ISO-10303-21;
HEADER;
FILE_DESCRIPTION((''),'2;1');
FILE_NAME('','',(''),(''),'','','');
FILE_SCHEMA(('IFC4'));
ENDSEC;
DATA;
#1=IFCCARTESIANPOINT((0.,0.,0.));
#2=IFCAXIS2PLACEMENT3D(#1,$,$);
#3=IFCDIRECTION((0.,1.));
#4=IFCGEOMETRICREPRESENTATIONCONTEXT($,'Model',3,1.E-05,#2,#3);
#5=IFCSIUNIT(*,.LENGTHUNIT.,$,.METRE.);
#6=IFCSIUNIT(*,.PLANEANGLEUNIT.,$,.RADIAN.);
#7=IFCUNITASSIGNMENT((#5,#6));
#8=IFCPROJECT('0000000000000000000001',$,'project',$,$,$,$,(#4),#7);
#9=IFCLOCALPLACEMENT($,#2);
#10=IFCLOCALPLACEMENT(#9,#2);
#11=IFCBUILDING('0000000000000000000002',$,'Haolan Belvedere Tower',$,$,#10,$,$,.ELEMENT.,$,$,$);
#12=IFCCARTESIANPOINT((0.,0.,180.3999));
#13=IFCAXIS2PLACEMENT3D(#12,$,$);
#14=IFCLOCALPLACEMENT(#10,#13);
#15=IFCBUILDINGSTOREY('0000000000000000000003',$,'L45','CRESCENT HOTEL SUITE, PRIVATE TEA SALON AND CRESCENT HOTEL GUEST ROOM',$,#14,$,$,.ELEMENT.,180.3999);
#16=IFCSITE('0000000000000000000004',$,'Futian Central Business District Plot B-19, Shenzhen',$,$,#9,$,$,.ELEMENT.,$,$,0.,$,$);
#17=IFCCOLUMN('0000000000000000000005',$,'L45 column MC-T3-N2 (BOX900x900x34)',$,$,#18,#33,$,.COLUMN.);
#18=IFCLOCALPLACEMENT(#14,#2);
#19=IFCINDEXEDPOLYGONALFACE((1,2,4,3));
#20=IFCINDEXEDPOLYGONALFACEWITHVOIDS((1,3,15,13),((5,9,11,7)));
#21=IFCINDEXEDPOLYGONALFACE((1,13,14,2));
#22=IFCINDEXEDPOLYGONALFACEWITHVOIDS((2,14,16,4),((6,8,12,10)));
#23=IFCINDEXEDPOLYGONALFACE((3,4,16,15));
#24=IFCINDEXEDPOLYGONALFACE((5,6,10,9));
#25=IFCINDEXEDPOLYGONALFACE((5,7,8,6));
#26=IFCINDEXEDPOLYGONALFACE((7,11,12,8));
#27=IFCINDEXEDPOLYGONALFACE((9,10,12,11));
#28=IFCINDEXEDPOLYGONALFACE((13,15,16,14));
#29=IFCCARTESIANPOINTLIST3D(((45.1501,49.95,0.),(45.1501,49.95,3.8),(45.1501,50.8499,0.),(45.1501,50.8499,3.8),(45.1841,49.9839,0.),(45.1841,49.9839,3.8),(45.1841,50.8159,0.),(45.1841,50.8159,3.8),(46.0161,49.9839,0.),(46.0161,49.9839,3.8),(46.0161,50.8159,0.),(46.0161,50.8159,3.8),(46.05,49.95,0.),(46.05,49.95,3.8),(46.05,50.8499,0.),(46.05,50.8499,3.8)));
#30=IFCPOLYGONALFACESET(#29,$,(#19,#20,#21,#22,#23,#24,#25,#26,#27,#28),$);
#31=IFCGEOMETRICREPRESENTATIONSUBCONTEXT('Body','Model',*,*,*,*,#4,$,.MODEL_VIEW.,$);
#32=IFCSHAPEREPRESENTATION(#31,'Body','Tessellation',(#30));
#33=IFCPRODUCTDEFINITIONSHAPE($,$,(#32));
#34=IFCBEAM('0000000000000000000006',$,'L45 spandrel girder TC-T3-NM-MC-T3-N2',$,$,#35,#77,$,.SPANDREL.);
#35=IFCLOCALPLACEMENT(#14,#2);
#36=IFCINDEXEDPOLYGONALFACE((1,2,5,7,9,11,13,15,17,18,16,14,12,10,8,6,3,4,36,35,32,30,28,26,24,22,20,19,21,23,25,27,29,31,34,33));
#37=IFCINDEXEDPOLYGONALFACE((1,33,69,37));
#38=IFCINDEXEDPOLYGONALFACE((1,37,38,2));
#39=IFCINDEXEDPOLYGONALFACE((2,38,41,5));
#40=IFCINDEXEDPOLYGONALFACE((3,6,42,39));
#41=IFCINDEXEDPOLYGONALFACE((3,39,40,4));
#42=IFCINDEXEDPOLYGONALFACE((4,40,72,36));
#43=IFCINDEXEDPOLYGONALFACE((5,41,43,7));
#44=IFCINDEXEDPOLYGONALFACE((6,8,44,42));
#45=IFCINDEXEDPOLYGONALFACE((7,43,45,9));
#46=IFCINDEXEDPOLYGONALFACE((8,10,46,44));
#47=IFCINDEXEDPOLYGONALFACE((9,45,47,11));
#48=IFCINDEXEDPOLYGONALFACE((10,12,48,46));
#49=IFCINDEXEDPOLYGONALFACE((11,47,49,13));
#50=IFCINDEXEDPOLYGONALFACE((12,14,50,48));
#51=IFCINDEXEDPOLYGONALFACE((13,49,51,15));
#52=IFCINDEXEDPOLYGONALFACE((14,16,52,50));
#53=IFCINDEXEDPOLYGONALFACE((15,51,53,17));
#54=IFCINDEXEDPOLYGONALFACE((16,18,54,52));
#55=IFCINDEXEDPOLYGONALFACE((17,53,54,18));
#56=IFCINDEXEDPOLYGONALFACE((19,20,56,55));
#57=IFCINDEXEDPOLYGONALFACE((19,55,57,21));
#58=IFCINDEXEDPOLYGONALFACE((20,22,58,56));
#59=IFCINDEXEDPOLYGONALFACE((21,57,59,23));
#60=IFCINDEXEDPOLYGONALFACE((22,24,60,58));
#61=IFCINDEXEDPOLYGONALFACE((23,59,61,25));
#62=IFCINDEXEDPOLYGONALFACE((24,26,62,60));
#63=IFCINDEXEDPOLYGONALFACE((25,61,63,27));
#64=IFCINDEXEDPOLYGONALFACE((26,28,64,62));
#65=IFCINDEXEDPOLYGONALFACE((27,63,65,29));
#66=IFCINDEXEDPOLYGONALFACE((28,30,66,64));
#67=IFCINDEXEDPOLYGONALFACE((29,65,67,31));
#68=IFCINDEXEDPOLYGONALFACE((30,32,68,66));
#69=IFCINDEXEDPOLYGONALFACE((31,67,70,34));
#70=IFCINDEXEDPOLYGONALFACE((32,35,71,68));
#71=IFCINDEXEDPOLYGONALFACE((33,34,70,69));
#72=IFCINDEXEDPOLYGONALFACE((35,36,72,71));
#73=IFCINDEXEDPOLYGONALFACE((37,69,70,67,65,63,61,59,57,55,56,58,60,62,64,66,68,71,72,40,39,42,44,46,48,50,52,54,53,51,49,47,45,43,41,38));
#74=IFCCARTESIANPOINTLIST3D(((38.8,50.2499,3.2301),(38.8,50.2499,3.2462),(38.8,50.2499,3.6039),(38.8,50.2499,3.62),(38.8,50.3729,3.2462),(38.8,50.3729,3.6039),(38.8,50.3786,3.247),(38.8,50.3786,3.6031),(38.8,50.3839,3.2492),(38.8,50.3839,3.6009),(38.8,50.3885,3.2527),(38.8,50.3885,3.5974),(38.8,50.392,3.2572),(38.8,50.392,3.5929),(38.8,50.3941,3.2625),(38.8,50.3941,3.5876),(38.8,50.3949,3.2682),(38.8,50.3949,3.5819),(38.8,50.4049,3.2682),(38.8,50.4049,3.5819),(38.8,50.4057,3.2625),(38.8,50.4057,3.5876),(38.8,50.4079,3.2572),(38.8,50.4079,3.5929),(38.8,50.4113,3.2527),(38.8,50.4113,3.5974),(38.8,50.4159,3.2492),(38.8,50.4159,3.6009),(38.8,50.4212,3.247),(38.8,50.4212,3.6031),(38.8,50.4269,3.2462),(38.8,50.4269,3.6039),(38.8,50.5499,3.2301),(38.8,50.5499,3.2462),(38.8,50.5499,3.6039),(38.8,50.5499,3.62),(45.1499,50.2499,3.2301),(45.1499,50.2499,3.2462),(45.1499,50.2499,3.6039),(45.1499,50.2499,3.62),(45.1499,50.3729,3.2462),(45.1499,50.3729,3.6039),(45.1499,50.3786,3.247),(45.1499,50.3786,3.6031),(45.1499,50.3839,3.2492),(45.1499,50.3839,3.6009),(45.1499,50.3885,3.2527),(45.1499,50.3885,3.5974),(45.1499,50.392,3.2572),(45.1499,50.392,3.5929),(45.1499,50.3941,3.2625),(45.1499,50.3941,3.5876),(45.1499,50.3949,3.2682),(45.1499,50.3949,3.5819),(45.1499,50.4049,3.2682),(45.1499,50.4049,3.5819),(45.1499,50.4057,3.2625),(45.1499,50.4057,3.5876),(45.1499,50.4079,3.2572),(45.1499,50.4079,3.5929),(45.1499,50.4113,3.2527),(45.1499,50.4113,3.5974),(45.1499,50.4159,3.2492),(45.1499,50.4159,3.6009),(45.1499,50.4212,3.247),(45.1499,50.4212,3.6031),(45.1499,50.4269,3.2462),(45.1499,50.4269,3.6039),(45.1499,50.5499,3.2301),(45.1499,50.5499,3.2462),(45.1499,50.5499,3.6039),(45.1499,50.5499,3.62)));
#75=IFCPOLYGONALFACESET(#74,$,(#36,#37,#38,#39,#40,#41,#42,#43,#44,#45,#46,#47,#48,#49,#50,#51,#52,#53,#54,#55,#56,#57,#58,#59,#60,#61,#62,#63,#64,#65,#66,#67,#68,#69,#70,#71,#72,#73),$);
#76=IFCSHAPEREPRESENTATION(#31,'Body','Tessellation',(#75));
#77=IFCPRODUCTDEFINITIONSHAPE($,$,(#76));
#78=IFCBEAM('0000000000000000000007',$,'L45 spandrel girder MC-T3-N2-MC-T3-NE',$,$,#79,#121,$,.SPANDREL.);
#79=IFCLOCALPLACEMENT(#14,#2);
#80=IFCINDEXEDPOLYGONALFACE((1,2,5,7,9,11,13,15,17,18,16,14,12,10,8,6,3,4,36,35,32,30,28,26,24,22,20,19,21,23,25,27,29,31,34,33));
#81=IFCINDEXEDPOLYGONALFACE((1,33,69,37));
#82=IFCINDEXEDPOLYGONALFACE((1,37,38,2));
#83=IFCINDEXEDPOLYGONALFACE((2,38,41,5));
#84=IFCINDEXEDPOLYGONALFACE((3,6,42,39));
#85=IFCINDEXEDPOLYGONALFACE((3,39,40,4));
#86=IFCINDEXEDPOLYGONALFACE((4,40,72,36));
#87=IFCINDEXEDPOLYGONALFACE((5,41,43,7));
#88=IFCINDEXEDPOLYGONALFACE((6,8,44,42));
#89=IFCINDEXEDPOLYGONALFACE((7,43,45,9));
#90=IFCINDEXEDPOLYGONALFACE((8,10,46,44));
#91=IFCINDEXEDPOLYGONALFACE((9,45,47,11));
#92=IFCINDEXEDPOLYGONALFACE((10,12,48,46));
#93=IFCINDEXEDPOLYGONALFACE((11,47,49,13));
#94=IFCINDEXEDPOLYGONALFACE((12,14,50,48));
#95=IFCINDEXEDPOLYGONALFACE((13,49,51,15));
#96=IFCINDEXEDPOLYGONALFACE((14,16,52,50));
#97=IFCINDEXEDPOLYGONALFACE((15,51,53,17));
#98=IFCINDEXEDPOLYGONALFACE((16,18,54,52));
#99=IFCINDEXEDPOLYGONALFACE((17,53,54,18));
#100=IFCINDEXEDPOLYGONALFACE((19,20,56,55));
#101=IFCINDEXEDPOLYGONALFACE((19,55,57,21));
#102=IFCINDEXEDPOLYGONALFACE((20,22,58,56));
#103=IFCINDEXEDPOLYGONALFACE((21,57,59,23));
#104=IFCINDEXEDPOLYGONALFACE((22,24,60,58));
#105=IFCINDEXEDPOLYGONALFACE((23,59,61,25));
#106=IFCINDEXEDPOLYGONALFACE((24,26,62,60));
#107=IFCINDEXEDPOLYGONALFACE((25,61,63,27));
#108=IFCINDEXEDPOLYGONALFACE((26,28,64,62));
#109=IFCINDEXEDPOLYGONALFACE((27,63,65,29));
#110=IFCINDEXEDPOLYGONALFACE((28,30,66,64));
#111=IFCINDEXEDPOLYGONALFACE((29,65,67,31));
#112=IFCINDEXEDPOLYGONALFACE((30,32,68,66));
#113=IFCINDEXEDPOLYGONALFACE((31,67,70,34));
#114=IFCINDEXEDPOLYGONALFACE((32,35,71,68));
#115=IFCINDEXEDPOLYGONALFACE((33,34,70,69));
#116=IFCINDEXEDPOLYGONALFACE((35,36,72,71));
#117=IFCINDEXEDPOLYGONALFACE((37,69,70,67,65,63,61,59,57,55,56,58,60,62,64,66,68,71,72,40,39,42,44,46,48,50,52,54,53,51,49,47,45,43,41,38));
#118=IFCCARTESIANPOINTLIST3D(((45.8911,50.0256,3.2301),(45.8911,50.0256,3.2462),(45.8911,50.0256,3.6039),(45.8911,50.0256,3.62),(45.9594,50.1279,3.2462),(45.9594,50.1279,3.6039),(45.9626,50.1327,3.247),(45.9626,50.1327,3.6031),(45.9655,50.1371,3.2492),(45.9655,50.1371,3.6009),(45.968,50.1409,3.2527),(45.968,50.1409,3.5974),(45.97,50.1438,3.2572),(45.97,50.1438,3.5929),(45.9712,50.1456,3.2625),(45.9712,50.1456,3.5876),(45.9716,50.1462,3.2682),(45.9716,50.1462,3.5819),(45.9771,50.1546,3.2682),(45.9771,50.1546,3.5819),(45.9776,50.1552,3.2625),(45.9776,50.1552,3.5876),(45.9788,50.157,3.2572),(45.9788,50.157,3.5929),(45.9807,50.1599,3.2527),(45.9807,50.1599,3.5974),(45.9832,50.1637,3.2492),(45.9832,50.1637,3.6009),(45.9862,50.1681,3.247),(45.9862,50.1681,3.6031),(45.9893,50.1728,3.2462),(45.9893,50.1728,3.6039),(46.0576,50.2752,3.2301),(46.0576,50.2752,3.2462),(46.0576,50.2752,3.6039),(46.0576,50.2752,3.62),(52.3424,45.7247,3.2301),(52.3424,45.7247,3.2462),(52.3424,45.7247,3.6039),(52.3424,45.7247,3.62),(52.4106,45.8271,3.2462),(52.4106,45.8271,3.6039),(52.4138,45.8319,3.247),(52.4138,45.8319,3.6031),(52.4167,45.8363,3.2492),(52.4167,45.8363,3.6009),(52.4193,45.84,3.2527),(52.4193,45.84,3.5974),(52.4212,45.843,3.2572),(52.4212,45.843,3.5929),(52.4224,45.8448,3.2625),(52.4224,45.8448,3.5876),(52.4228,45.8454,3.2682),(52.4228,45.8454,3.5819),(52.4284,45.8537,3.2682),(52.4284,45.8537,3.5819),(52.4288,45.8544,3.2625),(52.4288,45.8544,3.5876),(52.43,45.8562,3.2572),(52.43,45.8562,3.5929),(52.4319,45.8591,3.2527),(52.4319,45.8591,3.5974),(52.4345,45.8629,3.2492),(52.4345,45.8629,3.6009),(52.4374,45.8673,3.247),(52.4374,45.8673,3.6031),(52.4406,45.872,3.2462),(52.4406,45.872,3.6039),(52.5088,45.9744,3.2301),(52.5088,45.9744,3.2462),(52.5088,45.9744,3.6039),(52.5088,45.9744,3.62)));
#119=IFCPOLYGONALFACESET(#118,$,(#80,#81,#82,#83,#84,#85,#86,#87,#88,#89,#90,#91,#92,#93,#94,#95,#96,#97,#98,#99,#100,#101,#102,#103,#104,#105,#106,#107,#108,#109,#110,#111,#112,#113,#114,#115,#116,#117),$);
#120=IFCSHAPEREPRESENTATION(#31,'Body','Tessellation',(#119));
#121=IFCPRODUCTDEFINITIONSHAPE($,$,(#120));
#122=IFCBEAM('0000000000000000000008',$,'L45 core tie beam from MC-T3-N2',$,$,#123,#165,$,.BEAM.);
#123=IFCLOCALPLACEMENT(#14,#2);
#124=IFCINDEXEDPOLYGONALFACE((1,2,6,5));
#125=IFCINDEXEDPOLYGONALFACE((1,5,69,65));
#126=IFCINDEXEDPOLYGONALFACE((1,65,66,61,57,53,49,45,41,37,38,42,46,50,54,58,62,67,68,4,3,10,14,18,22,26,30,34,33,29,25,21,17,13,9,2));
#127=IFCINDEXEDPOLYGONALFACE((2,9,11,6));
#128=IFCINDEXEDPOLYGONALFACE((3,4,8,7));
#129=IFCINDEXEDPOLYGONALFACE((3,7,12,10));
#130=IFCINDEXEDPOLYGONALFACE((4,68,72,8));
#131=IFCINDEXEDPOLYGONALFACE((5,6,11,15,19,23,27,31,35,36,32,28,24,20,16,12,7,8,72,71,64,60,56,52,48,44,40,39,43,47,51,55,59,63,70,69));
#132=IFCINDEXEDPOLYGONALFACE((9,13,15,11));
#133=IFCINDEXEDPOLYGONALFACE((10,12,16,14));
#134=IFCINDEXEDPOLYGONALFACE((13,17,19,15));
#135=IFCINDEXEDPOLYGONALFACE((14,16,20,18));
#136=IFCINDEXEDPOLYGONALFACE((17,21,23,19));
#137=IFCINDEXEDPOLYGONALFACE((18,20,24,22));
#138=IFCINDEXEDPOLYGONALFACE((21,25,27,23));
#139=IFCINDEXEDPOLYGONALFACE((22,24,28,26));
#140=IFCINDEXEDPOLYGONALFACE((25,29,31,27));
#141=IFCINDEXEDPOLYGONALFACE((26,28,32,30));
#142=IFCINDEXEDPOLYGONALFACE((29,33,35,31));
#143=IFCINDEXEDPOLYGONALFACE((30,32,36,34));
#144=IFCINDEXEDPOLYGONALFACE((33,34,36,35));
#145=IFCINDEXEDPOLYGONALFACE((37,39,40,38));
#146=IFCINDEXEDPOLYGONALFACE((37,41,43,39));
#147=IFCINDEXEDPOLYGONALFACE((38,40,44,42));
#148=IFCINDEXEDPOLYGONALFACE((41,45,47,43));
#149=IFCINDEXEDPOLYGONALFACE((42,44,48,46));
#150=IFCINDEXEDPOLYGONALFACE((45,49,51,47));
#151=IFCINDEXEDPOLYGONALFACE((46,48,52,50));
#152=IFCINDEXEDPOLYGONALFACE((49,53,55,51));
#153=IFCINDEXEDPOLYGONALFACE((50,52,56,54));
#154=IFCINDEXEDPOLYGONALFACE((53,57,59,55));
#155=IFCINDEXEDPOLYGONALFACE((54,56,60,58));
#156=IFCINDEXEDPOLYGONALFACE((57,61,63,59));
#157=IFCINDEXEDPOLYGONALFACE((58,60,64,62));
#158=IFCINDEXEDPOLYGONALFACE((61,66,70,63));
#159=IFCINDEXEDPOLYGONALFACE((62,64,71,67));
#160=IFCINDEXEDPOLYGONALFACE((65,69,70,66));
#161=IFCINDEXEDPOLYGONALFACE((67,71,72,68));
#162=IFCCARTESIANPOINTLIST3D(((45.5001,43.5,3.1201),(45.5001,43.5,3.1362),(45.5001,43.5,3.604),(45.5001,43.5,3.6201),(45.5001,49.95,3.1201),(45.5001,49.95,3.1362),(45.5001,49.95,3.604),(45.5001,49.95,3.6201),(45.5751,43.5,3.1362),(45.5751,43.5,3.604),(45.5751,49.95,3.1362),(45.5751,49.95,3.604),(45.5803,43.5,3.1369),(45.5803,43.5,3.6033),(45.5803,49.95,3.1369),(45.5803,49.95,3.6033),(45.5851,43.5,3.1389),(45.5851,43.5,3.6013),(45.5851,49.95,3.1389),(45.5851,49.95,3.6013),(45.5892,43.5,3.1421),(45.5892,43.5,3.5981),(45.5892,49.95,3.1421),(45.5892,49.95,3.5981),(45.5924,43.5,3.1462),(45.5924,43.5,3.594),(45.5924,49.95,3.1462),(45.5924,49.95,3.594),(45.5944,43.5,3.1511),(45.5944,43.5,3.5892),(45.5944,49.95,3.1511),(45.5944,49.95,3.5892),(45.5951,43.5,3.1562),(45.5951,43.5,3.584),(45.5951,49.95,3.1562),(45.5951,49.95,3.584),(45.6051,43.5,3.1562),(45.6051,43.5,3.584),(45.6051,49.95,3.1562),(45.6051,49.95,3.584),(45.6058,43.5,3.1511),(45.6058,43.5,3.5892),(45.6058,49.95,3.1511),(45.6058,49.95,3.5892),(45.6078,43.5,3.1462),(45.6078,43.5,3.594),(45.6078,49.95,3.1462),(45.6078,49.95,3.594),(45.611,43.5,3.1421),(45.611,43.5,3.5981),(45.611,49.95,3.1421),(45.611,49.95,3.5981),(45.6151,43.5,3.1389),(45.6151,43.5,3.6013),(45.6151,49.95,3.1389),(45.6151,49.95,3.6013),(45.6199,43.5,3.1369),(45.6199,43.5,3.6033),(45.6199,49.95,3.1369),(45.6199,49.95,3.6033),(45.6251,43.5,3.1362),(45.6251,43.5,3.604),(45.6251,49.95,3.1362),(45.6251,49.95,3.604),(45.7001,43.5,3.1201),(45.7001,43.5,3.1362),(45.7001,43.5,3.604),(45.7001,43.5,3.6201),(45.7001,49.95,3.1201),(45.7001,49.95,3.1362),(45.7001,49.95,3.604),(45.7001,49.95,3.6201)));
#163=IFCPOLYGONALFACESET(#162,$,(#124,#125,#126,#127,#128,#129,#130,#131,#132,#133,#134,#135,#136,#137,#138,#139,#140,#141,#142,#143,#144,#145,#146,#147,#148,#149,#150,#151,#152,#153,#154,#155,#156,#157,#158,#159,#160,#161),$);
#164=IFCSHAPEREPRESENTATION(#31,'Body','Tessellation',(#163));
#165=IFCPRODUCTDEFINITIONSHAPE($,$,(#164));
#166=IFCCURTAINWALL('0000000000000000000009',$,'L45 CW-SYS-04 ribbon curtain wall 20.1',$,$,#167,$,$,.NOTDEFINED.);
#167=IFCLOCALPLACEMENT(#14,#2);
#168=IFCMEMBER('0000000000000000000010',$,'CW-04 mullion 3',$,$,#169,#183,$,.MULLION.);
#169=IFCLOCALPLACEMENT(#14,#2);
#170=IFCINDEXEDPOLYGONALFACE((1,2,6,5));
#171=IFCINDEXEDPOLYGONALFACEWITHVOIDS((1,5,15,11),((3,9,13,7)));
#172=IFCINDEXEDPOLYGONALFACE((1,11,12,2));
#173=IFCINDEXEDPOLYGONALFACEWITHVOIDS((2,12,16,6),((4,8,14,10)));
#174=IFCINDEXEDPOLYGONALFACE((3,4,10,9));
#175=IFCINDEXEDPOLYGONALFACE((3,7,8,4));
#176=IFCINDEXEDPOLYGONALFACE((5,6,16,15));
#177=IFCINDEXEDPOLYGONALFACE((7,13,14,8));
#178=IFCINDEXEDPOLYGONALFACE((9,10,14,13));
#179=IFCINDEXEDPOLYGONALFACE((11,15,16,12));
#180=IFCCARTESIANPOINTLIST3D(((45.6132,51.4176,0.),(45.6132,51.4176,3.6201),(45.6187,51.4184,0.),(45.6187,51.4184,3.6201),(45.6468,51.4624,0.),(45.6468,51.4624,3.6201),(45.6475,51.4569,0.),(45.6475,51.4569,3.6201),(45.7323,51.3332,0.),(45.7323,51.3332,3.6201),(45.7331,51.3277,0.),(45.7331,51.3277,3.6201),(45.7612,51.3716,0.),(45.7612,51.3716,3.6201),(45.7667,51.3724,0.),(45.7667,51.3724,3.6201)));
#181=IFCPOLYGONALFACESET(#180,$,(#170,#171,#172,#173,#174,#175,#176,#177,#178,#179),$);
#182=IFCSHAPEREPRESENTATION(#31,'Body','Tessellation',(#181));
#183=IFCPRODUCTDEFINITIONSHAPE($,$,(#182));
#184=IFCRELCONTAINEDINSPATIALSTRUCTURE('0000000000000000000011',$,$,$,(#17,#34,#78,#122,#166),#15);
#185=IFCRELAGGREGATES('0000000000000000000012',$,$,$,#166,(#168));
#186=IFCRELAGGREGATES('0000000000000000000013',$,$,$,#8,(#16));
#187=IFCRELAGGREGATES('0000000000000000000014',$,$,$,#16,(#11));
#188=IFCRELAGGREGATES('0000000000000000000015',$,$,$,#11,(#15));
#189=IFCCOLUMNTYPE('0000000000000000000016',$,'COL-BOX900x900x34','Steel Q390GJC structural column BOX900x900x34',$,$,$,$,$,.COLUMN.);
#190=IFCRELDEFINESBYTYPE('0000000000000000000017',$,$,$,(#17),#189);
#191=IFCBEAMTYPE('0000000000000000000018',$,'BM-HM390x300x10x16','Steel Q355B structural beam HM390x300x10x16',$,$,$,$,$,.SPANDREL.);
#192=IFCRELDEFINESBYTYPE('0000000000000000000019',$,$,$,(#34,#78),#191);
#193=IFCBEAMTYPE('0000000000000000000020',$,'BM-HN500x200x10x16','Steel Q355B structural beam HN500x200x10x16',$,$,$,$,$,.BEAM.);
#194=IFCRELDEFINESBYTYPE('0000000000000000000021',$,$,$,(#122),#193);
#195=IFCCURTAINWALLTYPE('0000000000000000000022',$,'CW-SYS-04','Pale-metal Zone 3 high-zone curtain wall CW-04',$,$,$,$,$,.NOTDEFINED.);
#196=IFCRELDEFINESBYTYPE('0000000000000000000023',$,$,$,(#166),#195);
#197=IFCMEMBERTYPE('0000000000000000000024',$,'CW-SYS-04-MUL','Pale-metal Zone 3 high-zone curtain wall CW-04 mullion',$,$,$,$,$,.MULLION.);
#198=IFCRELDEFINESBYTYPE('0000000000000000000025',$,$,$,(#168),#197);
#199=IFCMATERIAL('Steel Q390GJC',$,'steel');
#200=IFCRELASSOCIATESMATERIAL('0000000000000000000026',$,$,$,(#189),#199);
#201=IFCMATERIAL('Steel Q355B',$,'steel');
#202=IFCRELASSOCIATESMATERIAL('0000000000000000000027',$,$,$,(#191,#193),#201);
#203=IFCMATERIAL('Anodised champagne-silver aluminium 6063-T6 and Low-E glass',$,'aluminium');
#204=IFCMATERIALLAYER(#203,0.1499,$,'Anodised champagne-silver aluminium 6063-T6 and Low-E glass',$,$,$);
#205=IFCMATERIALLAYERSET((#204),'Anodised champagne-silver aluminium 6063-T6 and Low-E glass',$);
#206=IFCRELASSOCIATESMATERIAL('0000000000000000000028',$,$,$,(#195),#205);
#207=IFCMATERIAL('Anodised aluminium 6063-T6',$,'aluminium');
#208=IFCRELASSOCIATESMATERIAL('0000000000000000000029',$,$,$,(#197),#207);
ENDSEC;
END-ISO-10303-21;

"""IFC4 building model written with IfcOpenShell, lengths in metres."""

from ifc_helpers import new_model, si_unit, direction, frame, origin, origin_2d, place, context, subcontext, project, spatial, hollow_rectangle, i_section, extrude, material, layer, layer_set, material_profile, profile_set, type_object, element, aggregate, save


model = new_model("IFC4")

# Units and contexts
model_context = context("Model", 3, precision=1e-05, world=origin(), true_north=direction((0.0, 1.0)))
body_context = subcontext(model_context, "Body", "Model", "MODEL_VIEW")
ifc_project = project(units=[si_unit("LENGTHUNIT", "METRE"), si_unit("PLANEANGLEUNIT", "RADIAN")], contexts=[model_context])

# Site, building, storey
site_placement = place(None, origin())
site = spatial("IfcSite", under=ifc_project, at=site_placement, Name="Futian Central Business District Plot B-19, Shenzhen", CompositionType="ELEMENT", RefElevation=0.0)
building_placement = place(site_placement, origin())
building = spatial("IfcBuilding", under=site, at=building_placement, Name="Haolan Belvedere Tower", CompositionType="ELEMENT")
storey_placement = place(building_placement, frame((0.0, 0.0, 180.3999)))
storey = spatial("IfcBuildingStorey", under=building, at=storey_placement, Name="L45", Description="CRESCENT HOTEL SUITE, PRIVATE TEA SALON AND CRESCENT HOTEL GUEST ROOM", CompositionType="ELEMENT", Elevation=180.3999)

# Column
ifc_material_1 = material(Name="Steel Q390GJC", Category="steel")
ifc_material_profile_1 = material_profile(ifc_material_1, hollow_rectangle(XDim=0.8999, YDim=0.8999, WallThickness=0.0339, at=origin_2d()), Name="Steel Q390GJC")
ifc_profile_set_1 = profile_set([ifc_material_profile_1], Name="Steel Q390GJC")
column_type = type_object("IfcColumnType", Name="COL-BOX900x900x34", Description="Steel Q390GJC structural column BOX900x900x34", PredefinedType="COLUMN", material=ifc_profile_set_1)
column_placement = place(storey_placement, frame((45.6001, 50.3999, 0.0), z_axis=(0.0, 0.0, 1.0), x_axis=(1.0, 0.0, 0.0)))
element("IfcColumn", 1, at=column_placement, inside=storey, type_object=column_type, Name="L45 column MC-T3-N2 (BOX900x900x34)", PredefinedType="COLUMN", context=body_context, shape_type="SweptSolid", body=[
    extrude(hollow_rectangle(XDim=0.8999, YDim=0.8999, WallThickness=0.0339, at=origin_2d()), origin(), (0.0, 0.0, 1.0), 3.8),
])

# Beams
ifc_material_2 = material(Name="Steel Q355B", Category="steel")
ifc_material_profile_2 = material_profile(ifc_material_2, i_section(OverallWidth=0.3, OverallDepth=0.3899, WebThickness=0.01, FlangeThickness=0.0161, FilletRadius=0.022, at=origin_2d()), Name="Steel Q355B")
ifc_profile_set_2 = profile_set([ifc_material_profile_2], Name="Steel Q355B")
beam_type_1 = type_object("IfcBeamType", Name="BM-HM390x300x10x16", Description="Steel Q355B structural beam HM390x300x10x16", PredefinedType="SPANDREL", material=ifc_profile_set_2)
beam_1_placement = place(storey_placement, frame((38.8, 50.3999, 3.425), z_axis=(1.0, 0.0, 0.0), x_axis=(0.0, 1.0, 0.0)))
element("IfcBeam", 2, at=beam_1_placement, inside=storey, type_object=beam_type_1, Name="L45 spandrel girder TC-T3-NM-MC-T3-N2", PredefinedType="SPANDREL", context=body_context, shape_type="SweptSolid", body=[
    extrude(i_section(OverallWidth=0.3, OverallDepth=0.3899, WebThickness=0.01, FlangeThickness=0.0161, FilletRadius=0.022, at=origin_2d()), origin(), (0.0, 0.0, 1.0), 6.3499),
])
beam_2_placement = place(storey_placement, frame((45.9744, 50.1504, 3.425), z_axis=(0.83205, -0.5547, 0.0), x_axis=(0.5547, 0.83205, 0.0)))
element("IfcBeam", 3, at=beam_2_placement, inside=storey, type_object=beam_type_1, Name="L45 spandrel girder MC-T3-N2-MC-T3-NE", PredefinedType="SPANDREL", context=body_context, shape_type="SweptSolid", body=[
    extrude(i_section(OverallWidth=0.3, OverallDepth=0.3899, WebThickness=0.01, FlangeThickness=0.0161, FilletRadius=0.022, at=origin_2d()), origin(), (0.0, 0.0, 1.0), 7.7534),
])
ifc_material_profile_3 = material_profile(ifc_material_2, i_section(OverallWidth=0.2, OverallDepth=0.5, WebThickness=0.01, FlangeThickness=0.0161, FilletRadius=0.02, at=origin_2d()), Name="Steel Q355B")
ifc_profile_set_3 = profile_set([ifc_material_profile_3], Name="Steel Q355B")
beam_type_2 = type_object("IfcBeamType", Name="BM-HN500x200x10x16", Description="Steel Q355B structural beam HN500x200x10x16", PredefinedType="BEAM", material=ifc_profile_set_3)
beam_3_placement = place(storey_placement, frame((45.6001, 49.95, 3.3701), z_axis=(0.0, -1.0, 0.0), x_axis=(1.0, 0.0, 0.0)))
element("IfcBeam", 4, at=beam_3_placement, inside=storey, type_object=beam_type_2, Name="L45 core tie beam from MC-T3-N2", PredefinedType="BEAM", context=body_context, shape_type="SweptSolid", body=[
    extrude(i_section(OverallWidth=0.2, OverallDepth=0.5, WebThickness=0.01, FlangeThickness=0.0161, FilletRadius=0.02, at=origin_2d()), origin(), (0.0, 0.0, 1.0), 6.45),
])

# Curtain wall, member
ifc_material_3 = material(Name="Anodised champagne-silver aluminium 6063-T6 and Low-E glass", Category="aluminium")
ifc_layer_1 = layer(ifc_material_3, 0.1499, Name="Anodised champagne-silver aluminium 6063-T6 and Low-E glass")
ifc_layer_set_1 = layer_set([ifc_layer_1], Name="Anodised champagne-silver aluminium 6063-T6 and Low-E glass")
curtain_wall_type = type_object("IfcCurtainWallType", Name="CW-SYS-04", Description="Pale-metal Zone 3 high-zone curtain wall CW-04", PredefinedType="NOTDEFINED", material=ifc_layer_set_1)
curtain_wall_1_placement = place(storey_placement, origin())
curtain_wall_1 = element("IfcCurtainWall", 5, at=curtain_wall_1_placement, inside=storey, type_object=curtain_wall_type, Name="L45 CW-SYS-04 ribbon curtain wall 20.1", PredefinedType="NOTDEFINED")
ifc_material_4 = material(Name="Anodised aluminium 6063-T6", Category="aluminium")
ifc_material_profile_4 = material_profile(ifc_material_4, hollow_rectangle(XDim=0.0559, YDim=0.1499, WallThickness=0.0039, at=origin_2d()), Name="Anodised aluminium 6063-T6")
ifc_profile_set_4 = profile_set([ifc_material_profile_4], Name="Anodised aluminium 6063-T6")
member_type_1 = type_object("IfcMemberType", Name="CW-SYS-04-MUL", Description="Pale-metal Zone 3 high-zone curtain wall CW-04 mullion", PredefinedType="MULLION", material=ifc_profile_set_4)
member_1_placement = place(storey_placement, frame((45.6899, 51.395, 0.0), z_axis=(0.0, 0.0, 1.0), x_axis=(-0.600003, -0.799998, 0.0)))
member_1 = element("IfcMember", 6, at=member_1_placement, type_object=member_type_1, Name="CW-04 mullion 3", PredefinedType="MULLION", context=body_context, shape_type="SweptSolid", body=[
    extrude(hollow_rectangle(XDim=0.0559, YDim=0.1499, WallThickness=0.0039, at=origin_2d()), origin(), (0.0, 0.0, 1.0), 3.6201),
])

aggregate(curtain_wall_1, [member_1])

save(model, "model.ifc")
